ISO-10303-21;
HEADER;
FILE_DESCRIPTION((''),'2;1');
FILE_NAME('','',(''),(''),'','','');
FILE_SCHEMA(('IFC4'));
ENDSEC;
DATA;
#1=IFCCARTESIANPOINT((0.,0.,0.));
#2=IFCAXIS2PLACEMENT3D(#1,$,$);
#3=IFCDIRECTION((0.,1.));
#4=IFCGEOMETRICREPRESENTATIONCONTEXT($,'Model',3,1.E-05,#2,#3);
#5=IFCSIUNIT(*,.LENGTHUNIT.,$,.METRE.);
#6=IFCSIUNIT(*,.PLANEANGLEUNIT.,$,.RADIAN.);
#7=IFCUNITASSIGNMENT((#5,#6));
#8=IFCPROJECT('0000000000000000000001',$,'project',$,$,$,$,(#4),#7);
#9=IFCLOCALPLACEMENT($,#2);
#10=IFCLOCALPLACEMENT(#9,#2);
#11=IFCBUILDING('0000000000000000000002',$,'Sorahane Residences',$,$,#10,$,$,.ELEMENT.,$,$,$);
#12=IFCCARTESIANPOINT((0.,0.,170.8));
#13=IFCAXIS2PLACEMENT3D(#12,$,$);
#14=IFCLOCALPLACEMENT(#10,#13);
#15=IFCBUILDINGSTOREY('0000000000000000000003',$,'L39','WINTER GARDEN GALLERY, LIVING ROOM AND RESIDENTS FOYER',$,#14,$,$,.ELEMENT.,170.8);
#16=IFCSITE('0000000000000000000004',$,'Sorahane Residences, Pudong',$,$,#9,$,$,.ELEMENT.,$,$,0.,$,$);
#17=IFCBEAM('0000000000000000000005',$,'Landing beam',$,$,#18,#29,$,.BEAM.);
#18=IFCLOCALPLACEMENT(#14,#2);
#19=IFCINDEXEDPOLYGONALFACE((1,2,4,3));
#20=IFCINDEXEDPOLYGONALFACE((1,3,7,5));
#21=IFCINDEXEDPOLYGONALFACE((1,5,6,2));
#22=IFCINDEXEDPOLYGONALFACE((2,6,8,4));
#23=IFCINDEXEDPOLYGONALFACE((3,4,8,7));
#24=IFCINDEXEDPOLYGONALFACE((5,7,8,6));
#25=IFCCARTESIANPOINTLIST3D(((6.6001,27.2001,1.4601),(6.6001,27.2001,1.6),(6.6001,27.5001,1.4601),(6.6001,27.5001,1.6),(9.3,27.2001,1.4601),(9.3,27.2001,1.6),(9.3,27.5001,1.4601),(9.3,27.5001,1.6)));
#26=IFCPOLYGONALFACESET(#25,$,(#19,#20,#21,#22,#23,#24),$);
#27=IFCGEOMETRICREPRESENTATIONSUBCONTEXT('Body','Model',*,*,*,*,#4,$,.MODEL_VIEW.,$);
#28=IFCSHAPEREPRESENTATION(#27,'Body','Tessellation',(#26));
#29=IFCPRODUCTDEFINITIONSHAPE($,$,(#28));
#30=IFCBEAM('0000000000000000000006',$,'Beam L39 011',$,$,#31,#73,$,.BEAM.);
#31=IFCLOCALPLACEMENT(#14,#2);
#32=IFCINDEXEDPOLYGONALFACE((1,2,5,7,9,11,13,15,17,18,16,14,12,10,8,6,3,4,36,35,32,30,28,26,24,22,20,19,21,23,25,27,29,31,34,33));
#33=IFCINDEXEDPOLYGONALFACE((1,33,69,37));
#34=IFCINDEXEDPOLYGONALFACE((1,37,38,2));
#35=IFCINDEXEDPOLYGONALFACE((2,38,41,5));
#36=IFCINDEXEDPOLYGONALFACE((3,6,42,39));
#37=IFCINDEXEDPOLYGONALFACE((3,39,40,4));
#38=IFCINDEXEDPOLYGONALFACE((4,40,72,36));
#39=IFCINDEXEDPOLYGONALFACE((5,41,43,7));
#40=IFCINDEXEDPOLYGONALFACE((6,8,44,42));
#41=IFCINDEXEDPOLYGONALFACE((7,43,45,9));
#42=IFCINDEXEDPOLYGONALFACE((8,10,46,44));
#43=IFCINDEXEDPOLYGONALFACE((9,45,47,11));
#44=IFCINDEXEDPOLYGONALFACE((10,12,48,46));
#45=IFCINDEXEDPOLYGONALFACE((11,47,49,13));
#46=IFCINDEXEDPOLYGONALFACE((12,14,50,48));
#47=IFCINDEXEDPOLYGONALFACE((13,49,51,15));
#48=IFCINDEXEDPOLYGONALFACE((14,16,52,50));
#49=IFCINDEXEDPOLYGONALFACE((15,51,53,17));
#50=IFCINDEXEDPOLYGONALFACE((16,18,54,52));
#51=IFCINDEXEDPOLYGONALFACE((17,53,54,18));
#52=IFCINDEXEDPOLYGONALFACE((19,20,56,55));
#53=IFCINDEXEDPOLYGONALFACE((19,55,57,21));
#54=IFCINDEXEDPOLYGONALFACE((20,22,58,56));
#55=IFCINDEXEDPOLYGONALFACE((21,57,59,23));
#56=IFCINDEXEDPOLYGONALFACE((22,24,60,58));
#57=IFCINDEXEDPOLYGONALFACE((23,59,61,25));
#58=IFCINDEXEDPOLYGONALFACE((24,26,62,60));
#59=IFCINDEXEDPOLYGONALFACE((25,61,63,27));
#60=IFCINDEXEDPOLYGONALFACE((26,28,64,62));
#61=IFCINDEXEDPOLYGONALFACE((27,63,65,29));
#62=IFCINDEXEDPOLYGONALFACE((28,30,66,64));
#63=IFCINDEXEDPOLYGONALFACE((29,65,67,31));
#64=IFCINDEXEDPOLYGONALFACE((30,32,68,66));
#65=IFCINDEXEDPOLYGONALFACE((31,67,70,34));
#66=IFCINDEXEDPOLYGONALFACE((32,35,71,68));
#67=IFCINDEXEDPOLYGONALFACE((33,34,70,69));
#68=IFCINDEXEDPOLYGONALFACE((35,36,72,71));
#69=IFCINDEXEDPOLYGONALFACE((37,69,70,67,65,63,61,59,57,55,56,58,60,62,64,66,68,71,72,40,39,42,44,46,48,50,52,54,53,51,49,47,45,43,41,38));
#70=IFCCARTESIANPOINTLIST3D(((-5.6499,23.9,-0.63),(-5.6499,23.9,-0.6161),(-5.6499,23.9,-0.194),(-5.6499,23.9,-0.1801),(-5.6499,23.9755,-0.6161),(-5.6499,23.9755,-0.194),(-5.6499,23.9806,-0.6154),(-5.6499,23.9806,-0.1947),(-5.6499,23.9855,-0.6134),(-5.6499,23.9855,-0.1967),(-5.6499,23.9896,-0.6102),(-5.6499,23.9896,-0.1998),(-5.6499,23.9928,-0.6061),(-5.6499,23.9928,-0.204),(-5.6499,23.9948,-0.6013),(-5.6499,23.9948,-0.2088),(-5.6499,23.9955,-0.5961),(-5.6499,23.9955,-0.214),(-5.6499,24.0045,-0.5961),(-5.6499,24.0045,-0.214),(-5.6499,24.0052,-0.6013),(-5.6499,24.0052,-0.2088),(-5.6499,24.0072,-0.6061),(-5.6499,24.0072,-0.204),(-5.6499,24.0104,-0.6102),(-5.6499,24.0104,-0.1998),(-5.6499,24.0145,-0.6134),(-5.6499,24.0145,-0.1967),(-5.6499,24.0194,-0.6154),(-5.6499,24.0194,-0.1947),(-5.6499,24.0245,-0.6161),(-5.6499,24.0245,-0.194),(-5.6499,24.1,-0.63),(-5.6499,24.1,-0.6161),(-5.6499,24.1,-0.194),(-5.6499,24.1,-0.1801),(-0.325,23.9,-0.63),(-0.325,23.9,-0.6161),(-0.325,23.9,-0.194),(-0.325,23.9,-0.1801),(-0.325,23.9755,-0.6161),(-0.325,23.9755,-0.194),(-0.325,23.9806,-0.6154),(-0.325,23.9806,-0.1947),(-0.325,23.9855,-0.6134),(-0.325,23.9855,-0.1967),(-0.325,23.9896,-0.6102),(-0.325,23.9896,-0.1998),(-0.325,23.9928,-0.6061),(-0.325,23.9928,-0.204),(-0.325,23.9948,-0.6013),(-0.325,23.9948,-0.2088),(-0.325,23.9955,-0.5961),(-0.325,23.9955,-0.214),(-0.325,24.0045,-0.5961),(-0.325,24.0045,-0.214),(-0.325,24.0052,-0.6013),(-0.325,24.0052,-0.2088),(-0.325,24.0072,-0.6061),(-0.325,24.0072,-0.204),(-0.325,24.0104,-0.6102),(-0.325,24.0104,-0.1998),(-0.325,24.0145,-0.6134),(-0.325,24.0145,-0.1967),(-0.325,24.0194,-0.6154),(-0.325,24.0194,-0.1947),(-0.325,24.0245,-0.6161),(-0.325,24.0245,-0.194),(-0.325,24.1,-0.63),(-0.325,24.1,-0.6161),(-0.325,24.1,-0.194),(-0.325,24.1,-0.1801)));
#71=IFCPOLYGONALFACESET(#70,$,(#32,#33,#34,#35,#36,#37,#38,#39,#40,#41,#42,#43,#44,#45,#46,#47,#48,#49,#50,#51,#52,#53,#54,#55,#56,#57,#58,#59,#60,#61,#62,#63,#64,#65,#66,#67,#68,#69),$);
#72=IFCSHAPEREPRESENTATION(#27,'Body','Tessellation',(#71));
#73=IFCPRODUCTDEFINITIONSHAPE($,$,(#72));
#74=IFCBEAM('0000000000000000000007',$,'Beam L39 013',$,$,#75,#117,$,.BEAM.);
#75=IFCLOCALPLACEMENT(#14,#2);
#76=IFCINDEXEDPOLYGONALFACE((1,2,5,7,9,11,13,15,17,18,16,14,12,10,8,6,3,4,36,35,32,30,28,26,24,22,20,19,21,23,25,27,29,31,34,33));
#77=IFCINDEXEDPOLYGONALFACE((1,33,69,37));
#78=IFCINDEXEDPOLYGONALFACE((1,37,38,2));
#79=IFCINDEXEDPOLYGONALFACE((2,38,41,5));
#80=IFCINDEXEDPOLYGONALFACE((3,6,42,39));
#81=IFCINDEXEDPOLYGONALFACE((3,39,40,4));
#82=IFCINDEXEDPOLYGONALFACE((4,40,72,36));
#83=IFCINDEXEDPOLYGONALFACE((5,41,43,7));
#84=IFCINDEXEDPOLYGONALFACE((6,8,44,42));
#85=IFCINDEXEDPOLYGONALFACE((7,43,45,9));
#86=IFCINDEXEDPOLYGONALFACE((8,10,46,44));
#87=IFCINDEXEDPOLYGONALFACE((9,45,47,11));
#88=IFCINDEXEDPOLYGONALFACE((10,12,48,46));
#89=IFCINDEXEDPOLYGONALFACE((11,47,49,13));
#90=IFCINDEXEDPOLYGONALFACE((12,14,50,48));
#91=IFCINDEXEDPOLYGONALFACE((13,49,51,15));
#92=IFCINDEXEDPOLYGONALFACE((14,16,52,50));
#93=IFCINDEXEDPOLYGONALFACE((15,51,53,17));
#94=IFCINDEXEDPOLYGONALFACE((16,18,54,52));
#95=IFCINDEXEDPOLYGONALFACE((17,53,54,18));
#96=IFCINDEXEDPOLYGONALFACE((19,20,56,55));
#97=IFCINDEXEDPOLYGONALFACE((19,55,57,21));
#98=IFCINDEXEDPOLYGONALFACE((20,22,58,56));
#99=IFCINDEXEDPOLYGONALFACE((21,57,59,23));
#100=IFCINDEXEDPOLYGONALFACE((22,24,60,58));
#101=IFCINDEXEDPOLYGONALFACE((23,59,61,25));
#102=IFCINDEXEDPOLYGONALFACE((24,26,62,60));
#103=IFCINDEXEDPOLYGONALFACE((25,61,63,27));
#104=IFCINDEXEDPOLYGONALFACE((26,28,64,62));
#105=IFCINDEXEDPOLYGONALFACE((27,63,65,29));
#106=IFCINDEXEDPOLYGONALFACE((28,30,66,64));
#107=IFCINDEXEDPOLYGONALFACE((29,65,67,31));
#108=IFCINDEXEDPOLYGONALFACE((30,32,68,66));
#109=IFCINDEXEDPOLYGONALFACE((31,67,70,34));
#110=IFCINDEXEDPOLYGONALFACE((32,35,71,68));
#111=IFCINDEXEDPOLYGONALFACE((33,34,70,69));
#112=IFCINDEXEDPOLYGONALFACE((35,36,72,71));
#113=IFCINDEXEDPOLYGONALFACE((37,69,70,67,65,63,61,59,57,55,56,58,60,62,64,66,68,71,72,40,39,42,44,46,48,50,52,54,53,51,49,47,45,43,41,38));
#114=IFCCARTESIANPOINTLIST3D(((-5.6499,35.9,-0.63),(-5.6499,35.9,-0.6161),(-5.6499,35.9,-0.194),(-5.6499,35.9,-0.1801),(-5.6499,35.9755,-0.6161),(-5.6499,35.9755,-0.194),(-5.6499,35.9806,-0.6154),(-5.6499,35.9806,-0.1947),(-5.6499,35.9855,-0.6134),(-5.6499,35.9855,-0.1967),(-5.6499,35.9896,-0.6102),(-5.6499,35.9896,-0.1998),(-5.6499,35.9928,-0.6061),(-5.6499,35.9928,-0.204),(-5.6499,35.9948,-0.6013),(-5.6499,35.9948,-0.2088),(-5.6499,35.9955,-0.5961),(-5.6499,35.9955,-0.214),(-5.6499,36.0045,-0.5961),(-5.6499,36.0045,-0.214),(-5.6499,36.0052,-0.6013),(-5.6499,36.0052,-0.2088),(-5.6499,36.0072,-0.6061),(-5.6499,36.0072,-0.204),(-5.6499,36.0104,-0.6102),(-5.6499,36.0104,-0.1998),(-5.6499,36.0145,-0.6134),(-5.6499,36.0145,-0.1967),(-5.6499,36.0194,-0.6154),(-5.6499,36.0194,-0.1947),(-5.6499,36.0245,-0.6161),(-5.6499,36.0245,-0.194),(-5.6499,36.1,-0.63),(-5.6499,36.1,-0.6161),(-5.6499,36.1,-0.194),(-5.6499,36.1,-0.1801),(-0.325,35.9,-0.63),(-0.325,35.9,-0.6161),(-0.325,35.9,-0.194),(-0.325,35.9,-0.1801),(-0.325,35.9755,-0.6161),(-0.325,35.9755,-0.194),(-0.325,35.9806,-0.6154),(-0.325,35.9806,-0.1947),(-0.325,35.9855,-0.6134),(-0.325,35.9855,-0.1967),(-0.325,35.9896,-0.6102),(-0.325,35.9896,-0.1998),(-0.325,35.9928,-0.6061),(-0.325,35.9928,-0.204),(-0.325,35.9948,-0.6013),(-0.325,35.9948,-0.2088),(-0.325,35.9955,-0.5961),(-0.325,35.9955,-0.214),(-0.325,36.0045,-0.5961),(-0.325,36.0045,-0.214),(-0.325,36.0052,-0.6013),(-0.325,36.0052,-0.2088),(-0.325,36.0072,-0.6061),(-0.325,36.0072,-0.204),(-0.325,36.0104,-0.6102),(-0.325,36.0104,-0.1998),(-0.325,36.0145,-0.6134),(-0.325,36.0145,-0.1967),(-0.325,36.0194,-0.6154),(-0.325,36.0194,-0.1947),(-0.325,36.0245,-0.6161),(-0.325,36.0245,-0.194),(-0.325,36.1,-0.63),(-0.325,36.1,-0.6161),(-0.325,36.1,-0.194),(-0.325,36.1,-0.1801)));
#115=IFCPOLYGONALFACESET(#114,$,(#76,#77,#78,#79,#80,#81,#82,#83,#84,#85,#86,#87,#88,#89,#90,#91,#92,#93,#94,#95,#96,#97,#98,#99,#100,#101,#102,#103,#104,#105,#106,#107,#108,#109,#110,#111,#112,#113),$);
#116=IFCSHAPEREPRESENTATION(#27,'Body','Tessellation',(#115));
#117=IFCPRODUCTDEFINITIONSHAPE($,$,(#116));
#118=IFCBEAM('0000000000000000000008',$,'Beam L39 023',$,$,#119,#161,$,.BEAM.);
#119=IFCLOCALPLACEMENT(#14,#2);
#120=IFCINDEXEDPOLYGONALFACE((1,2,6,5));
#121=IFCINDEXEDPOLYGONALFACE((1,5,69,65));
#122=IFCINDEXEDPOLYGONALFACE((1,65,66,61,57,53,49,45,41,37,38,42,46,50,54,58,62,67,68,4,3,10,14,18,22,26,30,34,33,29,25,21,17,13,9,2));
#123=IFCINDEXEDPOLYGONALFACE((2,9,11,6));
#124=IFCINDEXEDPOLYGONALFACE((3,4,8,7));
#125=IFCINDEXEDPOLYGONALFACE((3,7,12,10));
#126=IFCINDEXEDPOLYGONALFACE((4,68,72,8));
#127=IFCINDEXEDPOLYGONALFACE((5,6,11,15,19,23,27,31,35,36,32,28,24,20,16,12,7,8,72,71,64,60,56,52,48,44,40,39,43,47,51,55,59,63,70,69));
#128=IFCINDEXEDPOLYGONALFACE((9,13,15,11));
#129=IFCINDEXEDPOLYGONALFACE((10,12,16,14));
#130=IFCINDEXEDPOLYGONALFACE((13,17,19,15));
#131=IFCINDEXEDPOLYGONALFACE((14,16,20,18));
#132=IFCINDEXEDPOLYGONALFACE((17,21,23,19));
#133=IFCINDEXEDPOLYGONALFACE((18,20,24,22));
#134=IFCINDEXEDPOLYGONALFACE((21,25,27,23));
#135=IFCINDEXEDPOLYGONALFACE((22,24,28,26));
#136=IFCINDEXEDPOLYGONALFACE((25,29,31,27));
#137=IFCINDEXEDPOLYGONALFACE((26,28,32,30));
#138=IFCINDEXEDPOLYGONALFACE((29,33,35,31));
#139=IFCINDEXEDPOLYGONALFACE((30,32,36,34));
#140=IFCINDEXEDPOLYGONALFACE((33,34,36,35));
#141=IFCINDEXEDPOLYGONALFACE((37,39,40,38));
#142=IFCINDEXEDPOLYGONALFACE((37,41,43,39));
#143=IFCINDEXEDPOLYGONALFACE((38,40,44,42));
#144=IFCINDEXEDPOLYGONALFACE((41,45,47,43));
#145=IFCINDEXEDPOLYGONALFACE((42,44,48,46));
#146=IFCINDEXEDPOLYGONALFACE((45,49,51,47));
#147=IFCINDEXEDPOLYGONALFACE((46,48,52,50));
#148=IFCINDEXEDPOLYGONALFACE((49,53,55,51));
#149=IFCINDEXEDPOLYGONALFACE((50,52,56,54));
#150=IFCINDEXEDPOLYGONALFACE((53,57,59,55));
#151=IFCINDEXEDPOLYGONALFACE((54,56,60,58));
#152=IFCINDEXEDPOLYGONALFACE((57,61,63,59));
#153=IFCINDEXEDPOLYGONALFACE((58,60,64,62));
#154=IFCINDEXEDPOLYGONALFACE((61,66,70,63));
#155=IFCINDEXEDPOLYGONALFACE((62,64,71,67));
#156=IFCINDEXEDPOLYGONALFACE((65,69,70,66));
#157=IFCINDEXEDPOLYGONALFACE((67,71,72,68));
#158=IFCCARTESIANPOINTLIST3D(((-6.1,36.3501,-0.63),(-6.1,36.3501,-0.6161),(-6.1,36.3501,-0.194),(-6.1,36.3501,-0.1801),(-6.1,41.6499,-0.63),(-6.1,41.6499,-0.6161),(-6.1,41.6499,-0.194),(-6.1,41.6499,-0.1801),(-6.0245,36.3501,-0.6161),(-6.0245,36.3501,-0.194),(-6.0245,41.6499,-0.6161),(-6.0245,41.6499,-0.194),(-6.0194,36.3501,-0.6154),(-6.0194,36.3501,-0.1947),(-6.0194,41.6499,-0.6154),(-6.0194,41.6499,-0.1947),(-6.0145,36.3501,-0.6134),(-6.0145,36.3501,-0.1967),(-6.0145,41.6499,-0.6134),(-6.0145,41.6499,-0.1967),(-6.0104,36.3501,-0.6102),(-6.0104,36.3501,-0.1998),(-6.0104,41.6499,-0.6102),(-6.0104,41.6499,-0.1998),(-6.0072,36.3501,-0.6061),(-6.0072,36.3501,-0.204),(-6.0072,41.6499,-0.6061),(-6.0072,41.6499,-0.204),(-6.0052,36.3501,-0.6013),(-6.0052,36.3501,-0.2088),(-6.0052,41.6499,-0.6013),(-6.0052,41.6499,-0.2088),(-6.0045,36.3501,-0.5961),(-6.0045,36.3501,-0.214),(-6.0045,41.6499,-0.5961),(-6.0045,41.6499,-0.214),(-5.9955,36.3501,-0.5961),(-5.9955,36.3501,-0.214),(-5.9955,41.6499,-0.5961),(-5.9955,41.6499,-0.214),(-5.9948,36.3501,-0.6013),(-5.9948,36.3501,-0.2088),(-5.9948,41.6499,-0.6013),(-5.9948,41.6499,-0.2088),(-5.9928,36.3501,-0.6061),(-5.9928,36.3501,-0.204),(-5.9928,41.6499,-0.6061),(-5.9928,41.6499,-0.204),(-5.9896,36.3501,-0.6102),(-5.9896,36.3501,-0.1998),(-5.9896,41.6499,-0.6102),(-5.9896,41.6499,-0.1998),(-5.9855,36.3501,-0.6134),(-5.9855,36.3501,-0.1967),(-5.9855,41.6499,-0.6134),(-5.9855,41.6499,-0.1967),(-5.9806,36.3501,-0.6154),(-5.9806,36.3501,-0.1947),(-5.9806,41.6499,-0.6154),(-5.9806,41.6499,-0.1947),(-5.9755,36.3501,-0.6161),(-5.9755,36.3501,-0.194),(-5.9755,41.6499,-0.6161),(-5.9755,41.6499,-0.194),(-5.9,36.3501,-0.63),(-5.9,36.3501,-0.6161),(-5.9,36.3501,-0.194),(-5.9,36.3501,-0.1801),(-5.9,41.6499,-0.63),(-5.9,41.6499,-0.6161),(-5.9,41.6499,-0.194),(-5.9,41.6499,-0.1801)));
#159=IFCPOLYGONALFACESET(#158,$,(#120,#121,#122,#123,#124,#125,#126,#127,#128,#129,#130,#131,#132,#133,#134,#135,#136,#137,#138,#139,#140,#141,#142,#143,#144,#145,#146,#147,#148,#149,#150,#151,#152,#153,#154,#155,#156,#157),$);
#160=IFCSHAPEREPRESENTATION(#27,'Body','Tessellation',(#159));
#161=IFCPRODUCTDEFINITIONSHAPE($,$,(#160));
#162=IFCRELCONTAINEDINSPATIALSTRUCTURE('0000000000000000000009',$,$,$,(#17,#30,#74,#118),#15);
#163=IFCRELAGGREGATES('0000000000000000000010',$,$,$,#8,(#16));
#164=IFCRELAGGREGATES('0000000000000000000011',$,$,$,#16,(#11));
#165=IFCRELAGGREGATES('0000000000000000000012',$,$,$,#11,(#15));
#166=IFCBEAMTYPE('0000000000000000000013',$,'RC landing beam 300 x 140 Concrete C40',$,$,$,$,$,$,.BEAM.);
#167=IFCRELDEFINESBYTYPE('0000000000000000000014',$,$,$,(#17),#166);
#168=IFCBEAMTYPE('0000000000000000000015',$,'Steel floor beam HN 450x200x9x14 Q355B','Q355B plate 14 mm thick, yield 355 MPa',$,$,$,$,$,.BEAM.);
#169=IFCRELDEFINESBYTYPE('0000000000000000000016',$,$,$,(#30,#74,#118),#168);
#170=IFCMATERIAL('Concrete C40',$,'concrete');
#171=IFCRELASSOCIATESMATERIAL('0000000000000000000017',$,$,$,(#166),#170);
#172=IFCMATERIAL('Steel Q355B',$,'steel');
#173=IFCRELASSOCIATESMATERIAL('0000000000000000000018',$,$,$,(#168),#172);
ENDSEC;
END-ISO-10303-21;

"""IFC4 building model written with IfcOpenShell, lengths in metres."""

from ifc_helpers import new_model, si_unit, direction, frame, origin, origin_2d, place, context, subcontext, project, spatial, rectangle, i_section, extrude, material, material_profile, profile_set, type_object, element, save


model = new_model("IFC4")

# Units and contexts
model_context = context("Model", 3, precision=1e-05, world=origin(), true_north=direction((0.0, 1.0)))
body_context = subcontext(model_context, "Body", "Model", "MODEL_VIEW")
ifc_project = project(units=[si_unit("LENGTHUNIT", "METRE"), si_unit("PLANEANGLEUNIT", "RADIAN")], contexts=[model_context])

# Site, building, storey
site_placement = place(None, origin())
site = spatial("IfcSite", under=ifc_project, at=site_placement, Name="Sorahane Residences, Pudong", CompositionType="ELEMENT", RefElevation=0.0)
building_placement = place(site_placement, origin())
building = spatial("IfcBuilding", under=site, at=building_placement, Name="Sorahane Residences", CompositionType="ELEMENT")
storey_placement = place(building_placement, frame((0.0, 0.0, 170.8)))
storey = spatial("IfcBuildingStorey", under=building, at=storey_placement, Name="L39", Description="WINTER GARDEN GALLERY, LIVING ROOM AND RESIDENTS FOYER", CompositionType="ELEMENT", Elevation=170.8)

# Beams
ifc_material_1 = material(Name="Concrete C40", Category="concrete")
ifc_material_profile_1 = material_profile(ifc_material_1, rectangle(XDim=0.3, YDim=0.1399, at=origin_2d()), Name="300x140")
ifc_profile_set_1 = profile_set([ifc_material_profile_1], Name="Concrete C40")
beam_type_1 = type_object("IfcBeamType", Name="RC landing beam 300 x 140 Concrete C40", PredefinedType="BEAM", material=ifc_profile_set_1)
for number, where, z_axis, x_axis, name in (
    (1, (6.6001, 27.3501, 1.53), (1.0, 0.0, 0.0), (0.0, 1.0, 0.0), "Landing beam"),
):
    element("IfcBeam", number, at=place(storey_placement, frame(where, z_axis=z_axis, x_axis=x_axis)), inside=storey, type_object=beam_type_1, Name=name, PredefinedType="BEAM", context=body_context, shape_type="SweptSolid", body=[
        extrude(rectangle(XDim=0.3, YDim=0.1399, at=origin_2d()), origin(), (0.0, 0.0, 1.0), 2.7),
    ])
ifc_material_2 = material(Name="Steel Q355B", Category="steel")
ifc_material_profile_2 = material_profile(ifc_material_2, i_section(OverallWidth=0.2, OverallDepth=0.45, WebThickness=0.009, FlangeThickness=0.0139, FilletRadius=0.02, at=origin_2d()), Name="HN 450x200x9x14")
ifc_profile_set_2 = profile_set([ifc_material_profile_2], Name="Steel Q355B")
beam_type_2 = type_object("IfcBeamType", Name="Steel floor beam HN 450x200x9x14 Q355B", Description="Q355B plate 14 mm thick, yield 355 MPa", PredefinedType="BEAM", material=ifc_profile_set_2)
for number, where, z_axis, x_axis, name in (
    (2, (-5.6499, 24.0, -0.405), (1.0, 0.0, 0.0), (0.0, 1.0, 0.0), "Beam L39 011"),
    (3, (-5.6499, 36.0, -0.405), (1.0, 0.0, 0.0), (0.0, 1.0, 0.0), "Beam L39 013"),
):
    element("IfcBeam", number, at=place(storey_placement, frame(where, z_axis=z_axis, x_axis=x_axis)), inside=storey, type_object=beam_type_2, Name=name, PredefinedType="BEAM", context=body_context, shape_type="SweptSolid", body=[
        extrude(i_section(OverallWidth=0.2, OverallDepth=0.45, WebThickness=0.009, FlangeThickness=0.0139, FilletRadius=0.02, at=origin_2d()), origin(), (0.0, 0.0, 1.0), 5.325),
    ])
beam_1_placement = place(storey_placement, frame((-6.0, 36.3501, -0.405), z_axis=(0.0, 1.0, 0.0), x_axis=(-1.0, 0.0, 0.0)))
element("IfcBeam", 4, at=beam_1_placement, inside=storey, type_object=beam_type_2, Name="Beam L39 023", PredefinedType="BEAM", context=body_context, shape_type="SweptSolid", body=[
    extrude(i_section(OverallWidth=0.2, OverallDepth=0.45, WebThickness=0.009, FlangeThickness=0.0139, FilletRadius=0.02, at=origin_2d()), origin(), (0.0, 0.0, 1.0), 5.2998),
])

save(model, "model.ifc")
